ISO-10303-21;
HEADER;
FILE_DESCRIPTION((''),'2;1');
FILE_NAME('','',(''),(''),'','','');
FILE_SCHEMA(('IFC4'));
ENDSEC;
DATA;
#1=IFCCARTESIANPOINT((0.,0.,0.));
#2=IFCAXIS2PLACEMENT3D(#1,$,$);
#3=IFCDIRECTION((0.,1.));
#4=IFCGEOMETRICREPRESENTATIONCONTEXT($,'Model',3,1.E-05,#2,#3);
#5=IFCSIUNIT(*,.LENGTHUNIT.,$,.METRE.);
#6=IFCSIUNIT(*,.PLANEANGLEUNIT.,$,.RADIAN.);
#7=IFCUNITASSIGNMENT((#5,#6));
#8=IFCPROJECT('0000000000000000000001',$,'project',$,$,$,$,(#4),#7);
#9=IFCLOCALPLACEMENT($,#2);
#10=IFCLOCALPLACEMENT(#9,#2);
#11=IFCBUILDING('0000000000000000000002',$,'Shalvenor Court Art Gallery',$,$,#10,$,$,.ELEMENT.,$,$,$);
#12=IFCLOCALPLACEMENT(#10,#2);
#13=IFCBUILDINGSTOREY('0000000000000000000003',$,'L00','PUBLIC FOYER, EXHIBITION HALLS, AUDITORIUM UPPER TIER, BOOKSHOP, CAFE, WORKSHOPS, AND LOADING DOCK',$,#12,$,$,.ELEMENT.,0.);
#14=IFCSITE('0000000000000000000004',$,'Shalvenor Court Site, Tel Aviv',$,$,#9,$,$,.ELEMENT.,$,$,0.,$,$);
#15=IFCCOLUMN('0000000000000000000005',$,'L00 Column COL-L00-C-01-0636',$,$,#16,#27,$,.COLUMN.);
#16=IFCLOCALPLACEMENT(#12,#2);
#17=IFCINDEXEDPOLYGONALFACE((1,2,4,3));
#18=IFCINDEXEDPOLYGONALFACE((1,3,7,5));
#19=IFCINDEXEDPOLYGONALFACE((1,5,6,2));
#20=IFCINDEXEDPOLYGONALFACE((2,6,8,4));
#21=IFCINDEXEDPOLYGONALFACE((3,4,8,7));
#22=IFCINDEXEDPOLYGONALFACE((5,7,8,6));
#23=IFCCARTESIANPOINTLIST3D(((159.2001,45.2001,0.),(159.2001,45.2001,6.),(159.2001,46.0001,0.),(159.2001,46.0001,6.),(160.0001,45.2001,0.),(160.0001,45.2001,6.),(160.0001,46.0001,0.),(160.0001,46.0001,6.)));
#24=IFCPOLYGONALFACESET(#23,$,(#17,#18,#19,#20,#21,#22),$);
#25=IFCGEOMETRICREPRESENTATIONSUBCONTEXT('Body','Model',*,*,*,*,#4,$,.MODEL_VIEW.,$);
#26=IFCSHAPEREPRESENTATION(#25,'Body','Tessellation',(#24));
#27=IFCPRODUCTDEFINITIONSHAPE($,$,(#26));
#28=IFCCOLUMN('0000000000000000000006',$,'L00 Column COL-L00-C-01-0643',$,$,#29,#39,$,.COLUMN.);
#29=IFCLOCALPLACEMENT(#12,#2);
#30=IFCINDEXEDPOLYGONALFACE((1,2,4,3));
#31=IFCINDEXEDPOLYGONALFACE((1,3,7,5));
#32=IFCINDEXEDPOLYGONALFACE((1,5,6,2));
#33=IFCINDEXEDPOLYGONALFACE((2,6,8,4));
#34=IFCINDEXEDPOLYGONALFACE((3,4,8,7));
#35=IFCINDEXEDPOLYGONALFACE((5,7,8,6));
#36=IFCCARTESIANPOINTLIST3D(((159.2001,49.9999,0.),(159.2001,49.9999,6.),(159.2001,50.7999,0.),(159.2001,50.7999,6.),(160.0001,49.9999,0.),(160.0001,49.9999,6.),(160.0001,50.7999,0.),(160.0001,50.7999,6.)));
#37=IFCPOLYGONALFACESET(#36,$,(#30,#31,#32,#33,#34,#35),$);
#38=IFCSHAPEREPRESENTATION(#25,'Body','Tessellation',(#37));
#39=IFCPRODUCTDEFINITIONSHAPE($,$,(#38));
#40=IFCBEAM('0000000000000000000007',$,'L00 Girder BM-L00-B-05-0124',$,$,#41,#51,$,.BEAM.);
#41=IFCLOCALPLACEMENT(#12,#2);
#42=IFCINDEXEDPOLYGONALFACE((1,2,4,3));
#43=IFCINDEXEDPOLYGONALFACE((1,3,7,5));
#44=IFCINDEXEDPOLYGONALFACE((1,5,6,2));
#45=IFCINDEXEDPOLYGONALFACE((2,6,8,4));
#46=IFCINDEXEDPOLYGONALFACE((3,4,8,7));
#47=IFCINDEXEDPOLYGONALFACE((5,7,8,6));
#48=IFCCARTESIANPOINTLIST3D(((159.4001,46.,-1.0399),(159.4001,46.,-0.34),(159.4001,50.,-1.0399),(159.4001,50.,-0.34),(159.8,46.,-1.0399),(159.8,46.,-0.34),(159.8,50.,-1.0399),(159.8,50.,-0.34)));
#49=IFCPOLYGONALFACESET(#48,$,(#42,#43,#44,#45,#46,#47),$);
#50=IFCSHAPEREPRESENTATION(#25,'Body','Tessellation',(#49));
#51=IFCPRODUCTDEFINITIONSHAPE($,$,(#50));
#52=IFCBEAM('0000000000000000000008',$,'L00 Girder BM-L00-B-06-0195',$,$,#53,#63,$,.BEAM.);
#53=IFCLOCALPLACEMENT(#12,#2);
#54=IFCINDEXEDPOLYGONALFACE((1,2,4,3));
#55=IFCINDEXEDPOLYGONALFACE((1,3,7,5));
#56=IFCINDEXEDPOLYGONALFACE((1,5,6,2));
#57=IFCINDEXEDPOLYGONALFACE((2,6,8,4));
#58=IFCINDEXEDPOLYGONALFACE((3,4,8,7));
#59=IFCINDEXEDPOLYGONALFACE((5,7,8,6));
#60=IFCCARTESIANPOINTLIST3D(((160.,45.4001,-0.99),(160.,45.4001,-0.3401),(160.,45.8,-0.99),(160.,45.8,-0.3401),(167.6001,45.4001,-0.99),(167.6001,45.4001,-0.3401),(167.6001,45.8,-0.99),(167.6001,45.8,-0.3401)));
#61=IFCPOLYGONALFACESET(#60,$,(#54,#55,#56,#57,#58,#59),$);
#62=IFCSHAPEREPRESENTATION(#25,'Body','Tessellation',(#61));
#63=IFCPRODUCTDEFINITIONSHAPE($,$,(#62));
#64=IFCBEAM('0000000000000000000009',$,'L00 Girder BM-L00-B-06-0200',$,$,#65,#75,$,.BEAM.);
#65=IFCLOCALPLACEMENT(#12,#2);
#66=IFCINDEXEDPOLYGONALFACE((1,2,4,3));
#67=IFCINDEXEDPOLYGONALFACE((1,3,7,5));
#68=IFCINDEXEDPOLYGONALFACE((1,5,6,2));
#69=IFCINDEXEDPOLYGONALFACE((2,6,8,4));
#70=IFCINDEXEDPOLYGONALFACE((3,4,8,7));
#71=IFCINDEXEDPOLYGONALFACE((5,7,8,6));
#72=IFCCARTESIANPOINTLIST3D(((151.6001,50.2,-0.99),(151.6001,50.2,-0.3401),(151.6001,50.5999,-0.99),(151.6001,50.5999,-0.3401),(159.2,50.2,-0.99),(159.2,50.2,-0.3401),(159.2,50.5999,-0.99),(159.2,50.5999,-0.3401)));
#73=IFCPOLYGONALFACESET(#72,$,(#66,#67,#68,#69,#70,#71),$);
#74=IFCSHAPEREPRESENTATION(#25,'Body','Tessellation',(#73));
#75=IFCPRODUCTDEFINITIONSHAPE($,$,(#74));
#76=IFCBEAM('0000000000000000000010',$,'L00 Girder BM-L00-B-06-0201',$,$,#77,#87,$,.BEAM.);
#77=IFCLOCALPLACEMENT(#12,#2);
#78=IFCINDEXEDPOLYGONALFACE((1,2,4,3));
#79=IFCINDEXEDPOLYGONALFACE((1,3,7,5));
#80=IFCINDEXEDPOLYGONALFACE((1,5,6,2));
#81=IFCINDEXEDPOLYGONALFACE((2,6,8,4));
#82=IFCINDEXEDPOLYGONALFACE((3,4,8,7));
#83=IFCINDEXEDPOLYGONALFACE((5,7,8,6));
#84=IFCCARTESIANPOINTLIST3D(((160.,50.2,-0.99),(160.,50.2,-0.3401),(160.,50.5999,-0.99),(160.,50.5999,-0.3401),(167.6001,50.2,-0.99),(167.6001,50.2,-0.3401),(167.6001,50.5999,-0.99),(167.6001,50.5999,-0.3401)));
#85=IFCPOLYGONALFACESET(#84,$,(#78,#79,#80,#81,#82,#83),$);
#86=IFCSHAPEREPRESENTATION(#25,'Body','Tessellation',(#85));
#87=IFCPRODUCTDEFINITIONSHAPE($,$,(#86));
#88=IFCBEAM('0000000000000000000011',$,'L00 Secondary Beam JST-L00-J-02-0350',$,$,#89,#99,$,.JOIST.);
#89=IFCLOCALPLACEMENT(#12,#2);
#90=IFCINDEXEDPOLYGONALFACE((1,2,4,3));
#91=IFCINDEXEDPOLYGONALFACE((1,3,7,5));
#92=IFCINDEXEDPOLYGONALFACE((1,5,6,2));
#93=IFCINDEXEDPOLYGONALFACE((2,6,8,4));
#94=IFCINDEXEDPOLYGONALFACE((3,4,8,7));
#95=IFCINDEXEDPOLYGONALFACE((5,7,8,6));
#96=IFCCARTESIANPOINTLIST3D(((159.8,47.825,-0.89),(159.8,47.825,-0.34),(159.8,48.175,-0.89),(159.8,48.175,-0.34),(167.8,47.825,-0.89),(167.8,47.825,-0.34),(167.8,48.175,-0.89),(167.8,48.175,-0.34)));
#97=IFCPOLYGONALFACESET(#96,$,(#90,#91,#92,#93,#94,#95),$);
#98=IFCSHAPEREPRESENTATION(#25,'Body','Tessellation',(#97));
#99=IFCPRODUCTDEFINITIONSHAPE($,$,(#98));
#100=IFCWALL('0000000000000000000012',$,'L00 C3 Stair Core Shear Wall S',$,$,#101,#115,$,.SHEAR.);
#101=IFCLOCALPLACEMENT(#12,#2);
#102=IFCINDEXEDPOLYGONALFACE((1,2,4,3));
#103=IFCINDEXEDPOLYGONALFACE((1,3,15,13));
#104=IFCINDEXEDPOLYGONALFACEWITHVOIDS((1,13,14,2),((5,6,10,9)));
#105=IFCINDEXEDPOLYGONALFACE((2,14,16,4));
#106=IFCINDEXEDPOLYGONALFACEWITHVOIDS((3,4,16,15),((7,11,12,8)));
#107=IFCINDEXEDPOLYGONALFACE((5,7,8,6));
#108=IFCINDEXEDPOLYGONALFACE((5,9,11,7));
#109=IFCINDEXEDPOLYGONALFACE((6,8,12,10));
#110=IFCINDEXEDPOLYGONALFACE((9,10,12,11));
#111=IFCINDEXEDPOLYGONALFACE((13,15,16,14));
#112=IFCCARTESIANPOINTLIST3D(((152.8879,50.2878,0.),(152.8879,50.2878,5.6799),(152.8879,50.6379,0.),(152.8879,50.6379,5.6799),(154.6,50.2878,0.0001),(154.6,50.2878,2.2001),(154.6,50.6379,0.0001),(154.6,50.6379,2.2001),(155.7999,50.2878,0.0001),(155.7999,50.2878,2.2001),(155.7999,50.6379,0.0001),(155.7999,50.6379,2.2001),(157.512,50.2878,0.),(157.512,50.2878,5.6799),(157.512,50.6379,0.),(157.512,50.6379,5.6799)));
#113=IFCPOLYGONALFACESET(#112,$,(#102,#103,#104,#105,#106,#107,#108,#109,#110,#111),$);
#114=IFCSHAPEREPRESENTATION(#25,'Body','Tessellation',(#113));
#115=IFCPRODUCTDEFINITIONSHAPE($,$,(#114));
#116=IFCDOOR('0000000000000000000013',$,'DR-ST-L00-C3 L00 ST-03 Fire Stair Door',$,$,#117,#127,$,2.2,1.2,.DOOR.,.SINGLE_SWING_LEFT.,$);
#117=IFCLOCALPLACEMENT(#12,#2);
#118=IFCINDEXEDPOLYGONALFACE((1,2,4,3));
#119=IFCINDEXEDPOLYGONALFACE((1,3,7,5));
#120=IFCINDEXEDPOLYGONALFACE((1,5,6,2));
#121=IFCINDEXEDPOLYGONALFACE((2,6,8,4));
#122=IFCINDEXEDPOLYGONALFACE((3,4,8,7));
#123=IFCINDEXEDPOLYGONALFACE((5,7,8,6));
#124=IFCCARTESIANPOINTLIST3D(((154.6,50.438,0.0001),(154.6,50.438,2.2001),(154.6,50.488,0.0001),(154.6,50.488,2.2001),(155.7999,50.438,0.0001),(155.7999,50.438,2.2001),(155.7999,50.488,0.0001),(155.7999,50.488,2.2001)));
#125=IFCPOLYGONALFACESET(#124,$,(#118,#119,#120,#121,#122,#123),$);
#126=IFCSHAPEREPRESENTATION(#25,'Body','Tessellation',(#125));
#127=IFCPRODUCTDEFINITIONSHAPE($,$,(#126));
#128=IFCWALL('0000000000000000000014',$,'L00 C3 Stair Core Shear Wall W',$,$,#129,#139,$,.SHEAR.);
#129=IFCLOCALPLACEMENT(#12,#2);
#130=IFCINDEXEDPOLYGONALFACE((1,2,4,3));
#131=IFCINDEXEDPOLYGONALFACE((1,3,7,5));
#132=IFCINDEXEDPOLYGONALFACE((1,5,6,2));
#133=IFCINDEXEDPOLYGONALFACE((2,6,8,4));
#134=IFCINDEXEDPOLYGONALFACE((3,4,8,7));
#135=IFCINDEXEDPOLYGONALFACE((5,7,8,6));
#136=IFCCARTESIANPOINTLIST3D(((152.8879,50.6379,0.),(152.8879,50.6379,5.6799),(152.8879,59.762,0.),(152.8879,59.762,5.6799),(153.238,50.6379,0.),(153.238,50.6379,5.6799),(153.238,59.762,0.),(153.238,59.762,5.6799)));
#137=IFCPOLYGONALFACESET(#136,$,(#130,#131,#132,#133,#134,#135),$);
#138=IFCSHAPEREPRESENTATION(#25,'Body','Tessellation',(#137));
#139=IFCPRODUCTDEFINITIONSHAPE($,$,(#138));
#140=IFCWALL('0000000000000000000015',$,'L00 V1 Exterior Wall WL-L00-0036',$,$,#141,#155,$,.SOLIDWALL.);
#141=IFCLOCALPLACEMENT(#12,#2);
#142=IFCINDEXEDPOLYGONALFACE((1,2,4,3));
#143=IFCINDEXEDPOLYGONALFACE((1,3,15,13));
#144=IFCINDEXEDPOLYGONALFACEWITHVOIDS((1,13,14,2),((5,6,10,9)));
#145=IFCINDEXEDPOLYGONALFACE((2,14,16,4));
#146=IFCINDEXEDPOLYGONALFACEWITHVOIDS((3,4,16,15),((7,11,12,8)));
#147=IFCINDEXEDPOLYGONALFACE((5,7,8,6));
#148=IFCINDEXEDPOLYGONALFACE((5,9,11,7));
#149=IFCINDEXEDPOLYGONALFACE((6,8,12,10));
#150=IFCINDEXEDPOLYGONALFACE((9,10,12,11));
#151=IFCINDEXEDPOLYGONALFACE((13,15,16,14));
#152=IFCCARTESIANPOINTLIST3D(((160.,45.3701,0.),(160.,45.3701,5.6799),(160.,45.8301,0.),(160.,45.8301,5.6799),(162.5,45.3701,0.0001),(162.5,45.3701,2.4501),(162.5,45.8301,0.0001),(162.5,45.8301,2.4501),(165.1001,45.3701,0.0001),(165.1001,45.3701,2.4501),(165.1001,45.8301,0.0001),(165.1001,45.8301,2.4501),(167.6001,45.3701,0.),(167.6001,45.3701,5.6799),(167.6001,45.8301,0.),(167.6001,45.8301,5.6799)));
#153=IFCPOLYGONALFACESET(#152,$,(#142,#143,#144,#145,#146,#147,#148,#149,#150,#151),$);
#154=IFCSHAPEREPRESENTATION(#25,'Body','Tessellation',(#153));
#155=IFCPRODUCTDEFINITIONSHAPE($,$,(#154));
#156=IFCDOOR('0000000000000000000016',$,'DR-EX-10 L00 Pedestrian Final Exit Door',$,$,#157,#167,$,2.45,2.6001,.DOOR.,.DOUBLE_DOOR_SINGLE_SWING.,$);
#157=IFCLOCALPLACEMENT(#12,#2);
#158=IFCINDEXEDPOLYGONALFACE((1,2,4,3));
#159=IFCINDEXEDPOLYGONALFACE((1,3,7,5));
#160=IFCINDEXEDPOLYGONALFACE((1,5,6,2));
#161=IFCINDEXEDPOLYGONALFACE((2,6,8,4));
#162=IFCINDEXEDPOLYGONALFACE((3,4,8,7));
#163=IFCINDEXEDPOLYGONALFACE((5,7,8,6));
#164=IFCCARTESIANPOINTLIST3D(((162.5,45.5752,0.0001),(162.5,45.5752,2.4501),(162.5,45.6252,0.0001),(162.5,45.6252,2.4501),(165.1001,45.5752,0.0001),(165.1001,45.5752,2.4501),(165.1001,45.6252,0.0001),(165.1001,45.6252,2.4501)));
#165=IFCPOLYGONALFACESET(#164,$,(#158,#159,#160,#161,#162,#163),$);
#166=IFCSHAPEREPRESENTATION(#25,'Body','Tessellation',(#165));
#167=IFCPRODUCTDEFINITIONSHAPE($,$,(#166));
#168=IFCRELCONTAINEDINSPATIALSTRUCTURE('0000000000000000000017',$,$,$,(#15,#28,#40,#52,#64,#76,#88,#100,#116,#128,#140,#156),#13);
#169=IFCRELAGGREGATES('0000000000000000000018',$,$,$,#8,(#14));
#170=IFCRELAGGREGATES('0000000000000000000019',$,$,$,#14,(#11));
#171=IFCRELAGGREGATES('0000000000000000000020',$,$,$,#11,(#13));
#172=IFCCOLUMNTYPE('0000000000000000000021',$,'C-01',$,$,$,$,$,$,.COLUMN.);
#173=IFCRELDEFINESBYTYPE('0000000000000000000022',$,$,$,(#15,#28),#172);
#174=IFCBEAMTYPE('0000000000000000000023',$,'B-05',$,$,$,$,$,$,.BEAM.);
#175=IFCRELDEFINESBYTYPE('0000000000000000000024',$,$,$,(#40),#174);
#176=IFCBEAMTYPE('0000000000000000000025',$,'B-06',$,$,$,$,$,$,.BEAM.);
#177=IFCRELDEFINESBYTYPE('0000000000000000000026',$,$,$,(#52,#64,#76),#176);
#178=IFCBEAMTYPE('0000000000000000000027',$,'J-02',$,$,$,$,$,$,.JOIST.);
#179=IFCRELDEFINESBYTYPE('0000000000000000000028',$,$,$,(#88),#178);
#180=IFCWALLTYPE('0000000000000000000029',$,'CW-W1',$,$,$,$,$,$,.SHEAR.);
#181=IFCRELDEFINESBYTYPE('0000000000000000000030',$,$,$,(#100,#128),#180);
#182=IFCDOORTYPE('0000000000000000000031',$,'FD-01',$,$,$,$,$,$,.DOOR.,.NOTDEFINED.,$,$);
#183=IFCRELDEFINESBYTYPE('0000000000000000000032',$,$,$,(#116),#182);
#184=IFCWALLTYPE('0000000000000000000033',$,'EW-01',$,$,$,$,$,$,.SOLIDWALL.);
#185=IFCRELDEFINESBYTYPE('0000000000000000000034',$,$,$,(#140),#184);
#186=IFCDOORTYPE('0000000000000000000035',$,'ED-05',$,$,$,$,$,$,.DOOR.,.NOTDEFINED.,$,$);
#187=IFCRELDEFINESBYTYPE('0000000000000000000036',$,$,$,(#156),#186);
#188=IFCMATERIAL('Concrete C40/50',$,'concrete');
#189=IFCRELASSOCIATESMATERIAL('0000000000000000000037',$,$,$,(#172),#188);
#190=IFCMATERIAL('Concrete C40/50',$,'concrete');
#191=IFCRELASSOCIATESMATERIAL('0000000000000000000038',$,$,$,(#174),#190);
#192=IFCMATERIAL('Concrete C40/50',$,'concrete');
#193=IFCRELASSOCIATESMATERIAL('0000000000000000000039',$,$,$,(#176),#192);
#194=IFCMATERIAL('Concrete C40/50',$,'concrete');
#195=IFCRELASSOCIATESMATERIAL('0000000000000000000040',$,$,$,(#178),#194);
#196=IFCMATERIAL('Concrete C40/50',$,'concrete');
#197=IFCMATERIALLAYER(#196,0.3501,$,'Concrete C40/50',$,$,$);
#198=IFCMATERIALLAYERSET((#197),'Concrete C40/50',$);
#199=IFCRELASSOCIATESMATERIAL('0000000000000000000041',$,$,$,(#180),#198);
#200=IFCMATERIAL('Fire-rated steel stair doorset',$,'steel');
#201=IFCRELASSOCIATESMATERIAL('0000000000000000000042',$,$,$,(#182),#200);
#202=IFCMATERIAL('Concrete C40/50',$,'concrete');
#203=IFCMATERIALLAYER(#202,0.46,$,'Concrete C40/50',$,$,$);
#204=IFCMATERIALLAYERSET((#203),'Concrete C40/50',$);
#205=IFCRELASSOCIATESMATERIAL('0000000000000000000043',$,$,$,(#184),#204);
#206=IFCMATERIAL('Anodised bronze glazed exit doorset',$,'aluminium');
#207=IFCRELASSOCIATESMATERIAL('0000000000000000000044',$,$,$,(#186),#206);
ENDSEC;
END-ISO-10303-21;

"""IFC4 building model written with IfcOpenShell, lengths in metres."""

from ifc_helpers import new_model, si_unit, direction, frame, frame_2d, origin, origin_2d, place, context, subcontext, project, spatial, rectangle, extrude, material, layer, layer_set, material_profile, profile_set, type_object, element, fill, save


model = new_model("IFC4")

# Units and contexts
model_context = context("Model", 3, precision=1e-05, world=origin(), true_north=direction((0.0, 1.0)))
body_context = subcontext(model_context, "Body", "Model", "MODEL_VIEW")
ifc_project = project(units=[si_unit("LENGTHUNIT", "METRE"), si_unit("PLANEANGLEUNIT", "RADIAN")], contexts=[model_context])

# Site, building, storey
site_placement = place(None, origin())
site = spatial("IfcSite", under=ifc_project, at=site_placement, Name="Shalvenor Court Site, Tel Aviv", CompositionType="ELEMENT", RefElevation=0.0)
building_placement = place(site_placement, origin())
building = spatial("IfcBuilding", under=site, at=building_placement, Name="Shalvenor Court Art Gallery", CompositionType="ELEMENT")
storey_placement = place(building_placement, origin())
storey = spatial("IfcBuildingStorey", under=building, at=storey_placement, Name="L00", Description="PUBLIC FOYER, EXHIBITION HALLS, AUDITORIUM UPPER TIER, BOOKSHOP, CAFE, WORKSHOPS, AND LOADING DOCK", CompositionType="ELEMENT", Elevation=0.0)

# Columns
ifc_material_1 = material(Name="Concrete C40/50", Category="concrete")
ifc_material_profile_1 = material_profile(ifc_material_1, rectangle(XDim=0.8, YDim=0.8, at=origin_2d()), Name="RC 800x800")
ifc_profile_set_1 = profile_set([ifc_material_profile_1], Name="Concrete C40/50")
column_type = type_object("IfcColumnType", Name="C-01", PredefinedType="COLUMN", material=ifc_profile_set_1)
for number, where, z_axis, x_axis, name in (
    (1, (159.6001, 45.6001, 0.0), (0.0, 0.0, 1.0), (1.0, 0.0, 0.0), "L00 Column COL-L00-C-01-0636"),
    (2, (159.6001, 50.3999, 0.0), (0.0, 0.0, 1.0), (1.0, 0.0, 0.0), "L00 Column COL-L00-C-01-0643"),
):
    element("IfcColumn", number, at=place(storey_placement, frame(where, z_axis=z_axis, x_axis=x_axis)), inside=storey, type_object=column_type, Name=name, PredefinedType="COLUMN", context=body_context, shape_type="SweptSolid", body=[
        extrude(rectangle(XDim=0.8, YDim=0.8, at=origin_2d()), origin(), (0.0, 0.0, 1.0), 6.0),
    ])

# Beams
ifc_material_2 = material(Name="Concrete C40/50", Category="concrete")
ifc_material_profile_2 = material_profile(ifc_material_2, rectangle(XDim=0.3999, YDim=0.7, at=origin_2d()), Name="RC 400x700")
ifc_profile_set_2 = profile_set([ifc_material_profile_2], Name="Concrete C40/50")
beam_type_1 = type_object("IfcBeamType", Name="B-05", PredefinedType="BEAM", material=ifc_profile_set_2)
beam_1_placement = place(storey_placement, frame((159.6001, 46.0, -0.6899), z_axis=(0.0, 1.0, 0.0), x_axis=(-1.0, 0.0, 0.0)))
element("IfcBeam", 3, at=beam_1_placement, inside=storey, type_object=beam_type_1, Name="L00 Girder BM-L00-B-05-0124", PredefinedType="BEAM", context=body_context, shape_type="SweptSolid", body=[
    extrude(rectangle(XDim=0.3999, YDim=0.7, at=origin_2d()), origin(), (0.0, 0.0, 1.0), 4.0),
])
ifc_material_3 = material(Name="Concrete C40/50", Category="concrete")
ifc_material_profile_3 = material_profile(ifc_material_3, rectangle(XDim=0.3999, YDim=0.6499, at=origin_2d()), Name="RC 400x650")
ifc_profile_set_3 = profile_set([ifc_material_profile_3], Name="Concrete C40/50")
beam_type_2 = type_object("IfcBeamType", Name="B-06", PredefinedType="BEAM", material=ifc_profile_set_3)
beam_2_placement = place(storey_placement, frame((160.0, 45.6001, -0.665), z_axis=(1.0, 0.0, 0.0), x_axis=(0.0, 1.0, 0.0)))
element("IfcBeam", 4, at=beam_2_placement, inside=storey, type_object=beam_type_2, Name="L00 Girder BM-L00-B-06-0195", PredefinedType="BEAM", context=body_context, shape_type="SweptSolid", body=[
    extrude(rectangle(XDim=0.3999, YDim=0.6499, at=origin_2d()), origin(), (0.0, 0.0, 1.0), 7.6001),
])
beam_3_placement = place(storey_placement, frame((151.6001, 50.3999, -0.665), z_axis=(1.0, 0.0, 0.0), x_axis=(0.0, 1.0, 0.0)))
element("IfcBeam", 5, at=beam_3_placement, inside=storey, type_object=beam_type_2, Name="L00 Girder BM-L00-B-06-0200", PredefinedType="BEAM", context=body_context, shape_type="SweptSolid", body=[
    extrude(rectangle(XDim=0.3999, YDim=0.6499, at=origin_2d()), origin(), (0.0, 0.0, 1.0), 7.5999),
])
beam_4_placement = place(storey_placement, frame((160.0, 50.3999, -0.665), z_axis=(1.0, 0.0, 0.0), x_axis=(0.0, 1.0, 0.0)))
element("IfcBeam", 6, at=beam_4_placement, inside=storey, type_object=beam_type_2, Name="L00 Girder BM-L00-B-06-0201", PredefinedType="BEAM", context=body_context, shape_type="SweptSolid", body=[
    extrude(rectangle(XDim=0.3999, YDim=0.6499, at=origin_2d()), origin(), (0.0, 0.0, 1.0), 7.6001),
])
ifc_material_4 = material(Name="Concrete C40/50", Category="concrete")
ifc_material_profile_4 = material_profile(ifc_material_4, rectangle(XDim=0.3501, YDim=0.55, at=origin_2d()), Name="RC 350x550")
ifc_profile_set_4 = profile_set([ifc_material_profile_4], Name="Concrete C40/50")
beam_type_3 = type_object("IfcBeamType", Name="J-02", PredefinedType="JOIST", material=ifc_profile_set_4)
beam_5_placement = place(storey_placement, frame((159.8, 48.0, -0.615), z_axis=(1.0, 0.0, 0.0), x_axis=(0.0, 1.0, 0.0)))
element("IfcBeam", 7, at=beam_5_placement, inside=storey, type_object=beam_type_3, Name="L00 Secondary Beam JST-L00-J-02-0350", PredefinedType="JOIST", context=body_context, shape_type="SweptSolid", body=[
    extrude(rectangle(XDim=0.3501, YDim=0.55, at=origin_2d()), origin(), (0.0, 0.0, 1.0), 8.0),
])

# Wall, opening, door
ifc_material_5 = material(Name="Concrete C40/50", Category="concrete")
ifc_layer_1 = layer(ifc_material_5, 0.3501, Name="Concrete C40/50")
ifc_layer_set_1 = layer_set([ifc_layer_1], Name="Concrete C40/50")
wall_type_1 = type_object("IfcWallType", Name="CW-W1", PredefinedType="SHEAR", material=ifc_layer_set_1)
wall_1_placement = place(storey_placement, frame((157.512, 50.4629, 0.0), z_axis=(0.0, 0.0, 1.0), x_axis=(-1.0, 0.0, 0.0)))
wall_1 = element("IfcWall", 8, at=wall_1_placement, inside=storey, type_object=wall_type_1, Name="L00 C3 Stair Core Shear Wall S", PredefinedType="SHEAR", context=body_context, shape_type="SweptSolid", body=[
    extrude(rectangle(XDim=4.624, YDim=0.3501, at=frame_2d((2.312, 0.0))), origin(), (0.0, 0.0, 1.0), 5.6799),
])
opening_1_placement = place(wall_1_placement, frame((1.7119, 0.0, 0.0)))
opening_1 = element("IfcOpeningElement", 9, at=opening_1_placement, cuts=wall_1, PredefinedType="OPENING", context=body_context, shape_type="SweptSolid", body=[
    extrude(rectangle(XDim=1.2, YDim=2.2, at=frame_2d((0.6001, 1.1001))), frame((0.0, 0.1851, 0.0), z_axis=(0.0, -1.0, 0.0), x_axis=(1.0, 0.0, 0.0)), (0.0, 0.0, 1.0), 0.3701),
])
ifc_material_6 = material(Name="Fire-rated steel stair doorset", Category="steel")
door_type_1 = type_object("IfcDoorType", Name="FD-01", OperationType="NOTDEFINED", PredefinedType="DOOR", material=ifc_material_6)
door_1_placement = place(opening_1_placement, origin())
door_1 = element("IfcDoor", 10, at=door_1_placement, inside=storey, type_object=door_type_1, Name="DR-ST-L00-C3 L00 ST-03 Fire Stair Door", OperationType="SINGLE_SWING_LEFT", OverallHeight=2.2, OverallWidth=1.2, PredefinedType="DOOR", context=body_context, shape_type="SweptSolid", body=[
    extrude(rectangle(XDim=1.2, YDim=2.2, at=frame_2d((0.6001, 1.1001))), frame((0.0, 0.0249, 0.0), z_axis=(0.0, -1.0, 0.0), x_axis=(1.0, 0.0, 0.0)), (0.0, 0.0, 1.0), 0.05),
])
fill(opening_1, door_1)

# Wall
wall_2_placement = place(storey_placement, frame((153.063, 50.6379, 0.0), z_axis=(0.0, 0.0, 1.0), x_axis=(0.0, 1.0, 0.0)))
element("IfcWall", 11, at=wall_2_placement, inside=storey, type_object=wall_type_1, Name="L00 C3 Stair Core Shear Wall W", PredefinedType="SHEAR", context=body_context, shape_type="SweptSolid", body=[
    extrude(rectangle(XDim=9.124, YDim=0.3501, at=frame_2d((4.562, 0.0))), origin(), (0.0, 0.0, 1.0), 5.6799),
])

# Wall, opening, door
ifc_material_7 = material(Name="Concrete C40/50", Category="concrete")
ifc_layer_2 = layer(ifc_material_7, 0.46, Name="Concrete C40/50")
ifc_layer_set_2 = layer_set([ifc_layer_2], Name="Concrete C40/50")
wall_type_2 = type_object("IfcWallType", Name="EW-01", PredefinedType="SOLIDWALL", material=ifc_layer_set_2)
wall_3_placement = place(storey_placement, frame((167.6001, 45.6001, 0.0), z_axis=(0.0, 0.0, 1.0), x_axis=(-1.0, 0.0, 0.0)))
wall_3 = element("IfcWall", 12, at=wall_3_placement, inside=storey, type_object=wall_type_2, Name="L00 V1 Exterior Wall WL-L00-0036", PredefinedType="SOLIDWALL", context=body_context, shape_type="SweptSolid", body=[
    extrude(rectangle(XDim=7.6001, YDim=0.46, at=frame_2d((3.8, 0.0))), origin(), (0.0, 0.0, 1.0), 5.6799),
])
opening_2_placement = place(wall_3_placement, frame((2.5, 0.0, 0.0)))
opening_2 = element("IfcOpeningElement", 13, at=opening_2_placement, cuts=wall_3, PredefinedType="OPENING", context=body_context, shape_type="SweptSolid", body=[
    extrude(rectangle(XDim=2.6001, YDim=2.45, at=frame_2d((1.3, 1.2251))), frame((0.0, 0.24, 0.0), z_axis=(0.0, -1.0, 0.0), x_axis=(1.0, 0.0, 0.0)), (0.0, 0.0, 1.0), 0.48),
])
ifc_material_8 = material(Name="Anodised bronze glazed exit doorset", Category="aluminium")
door_type_2 = type_object("IfcDoorType", Name="ED-05", OperationType="NOTDEFINED", PredefinedType="DOOR", material=ifc_material_8)
door_2_placement = place(opening_2_placement, origin())
door_2 = element("IfcDoor", 14, at=door_2_placement, inside=storey, type_object=door_type_2, Name="DR-EX-10 L00 Pedestrian Final Exit Door", OperationType="DOUBLE_DOOR_SINGLE_SWING", OverallHeight=2.45, OverallWidth=2.6001, PredefinedType="DOOR", context=body_context, shape_type="SweptSolid", body=[
    extrude(rectangle(XDim=2.6001, YDim=2.45, at=frame_2d((1.3, 1.2251))), frame((0.0, 0.0249, 0.0), z_axis=(0.0, -1.0, 0.0), x_axis=(1.0, 0.0, 0.0)), (0.0, 0.0, 1.0), 0.05),
])
fill(opening_2, door_2)

save(model, "model.ifc")
